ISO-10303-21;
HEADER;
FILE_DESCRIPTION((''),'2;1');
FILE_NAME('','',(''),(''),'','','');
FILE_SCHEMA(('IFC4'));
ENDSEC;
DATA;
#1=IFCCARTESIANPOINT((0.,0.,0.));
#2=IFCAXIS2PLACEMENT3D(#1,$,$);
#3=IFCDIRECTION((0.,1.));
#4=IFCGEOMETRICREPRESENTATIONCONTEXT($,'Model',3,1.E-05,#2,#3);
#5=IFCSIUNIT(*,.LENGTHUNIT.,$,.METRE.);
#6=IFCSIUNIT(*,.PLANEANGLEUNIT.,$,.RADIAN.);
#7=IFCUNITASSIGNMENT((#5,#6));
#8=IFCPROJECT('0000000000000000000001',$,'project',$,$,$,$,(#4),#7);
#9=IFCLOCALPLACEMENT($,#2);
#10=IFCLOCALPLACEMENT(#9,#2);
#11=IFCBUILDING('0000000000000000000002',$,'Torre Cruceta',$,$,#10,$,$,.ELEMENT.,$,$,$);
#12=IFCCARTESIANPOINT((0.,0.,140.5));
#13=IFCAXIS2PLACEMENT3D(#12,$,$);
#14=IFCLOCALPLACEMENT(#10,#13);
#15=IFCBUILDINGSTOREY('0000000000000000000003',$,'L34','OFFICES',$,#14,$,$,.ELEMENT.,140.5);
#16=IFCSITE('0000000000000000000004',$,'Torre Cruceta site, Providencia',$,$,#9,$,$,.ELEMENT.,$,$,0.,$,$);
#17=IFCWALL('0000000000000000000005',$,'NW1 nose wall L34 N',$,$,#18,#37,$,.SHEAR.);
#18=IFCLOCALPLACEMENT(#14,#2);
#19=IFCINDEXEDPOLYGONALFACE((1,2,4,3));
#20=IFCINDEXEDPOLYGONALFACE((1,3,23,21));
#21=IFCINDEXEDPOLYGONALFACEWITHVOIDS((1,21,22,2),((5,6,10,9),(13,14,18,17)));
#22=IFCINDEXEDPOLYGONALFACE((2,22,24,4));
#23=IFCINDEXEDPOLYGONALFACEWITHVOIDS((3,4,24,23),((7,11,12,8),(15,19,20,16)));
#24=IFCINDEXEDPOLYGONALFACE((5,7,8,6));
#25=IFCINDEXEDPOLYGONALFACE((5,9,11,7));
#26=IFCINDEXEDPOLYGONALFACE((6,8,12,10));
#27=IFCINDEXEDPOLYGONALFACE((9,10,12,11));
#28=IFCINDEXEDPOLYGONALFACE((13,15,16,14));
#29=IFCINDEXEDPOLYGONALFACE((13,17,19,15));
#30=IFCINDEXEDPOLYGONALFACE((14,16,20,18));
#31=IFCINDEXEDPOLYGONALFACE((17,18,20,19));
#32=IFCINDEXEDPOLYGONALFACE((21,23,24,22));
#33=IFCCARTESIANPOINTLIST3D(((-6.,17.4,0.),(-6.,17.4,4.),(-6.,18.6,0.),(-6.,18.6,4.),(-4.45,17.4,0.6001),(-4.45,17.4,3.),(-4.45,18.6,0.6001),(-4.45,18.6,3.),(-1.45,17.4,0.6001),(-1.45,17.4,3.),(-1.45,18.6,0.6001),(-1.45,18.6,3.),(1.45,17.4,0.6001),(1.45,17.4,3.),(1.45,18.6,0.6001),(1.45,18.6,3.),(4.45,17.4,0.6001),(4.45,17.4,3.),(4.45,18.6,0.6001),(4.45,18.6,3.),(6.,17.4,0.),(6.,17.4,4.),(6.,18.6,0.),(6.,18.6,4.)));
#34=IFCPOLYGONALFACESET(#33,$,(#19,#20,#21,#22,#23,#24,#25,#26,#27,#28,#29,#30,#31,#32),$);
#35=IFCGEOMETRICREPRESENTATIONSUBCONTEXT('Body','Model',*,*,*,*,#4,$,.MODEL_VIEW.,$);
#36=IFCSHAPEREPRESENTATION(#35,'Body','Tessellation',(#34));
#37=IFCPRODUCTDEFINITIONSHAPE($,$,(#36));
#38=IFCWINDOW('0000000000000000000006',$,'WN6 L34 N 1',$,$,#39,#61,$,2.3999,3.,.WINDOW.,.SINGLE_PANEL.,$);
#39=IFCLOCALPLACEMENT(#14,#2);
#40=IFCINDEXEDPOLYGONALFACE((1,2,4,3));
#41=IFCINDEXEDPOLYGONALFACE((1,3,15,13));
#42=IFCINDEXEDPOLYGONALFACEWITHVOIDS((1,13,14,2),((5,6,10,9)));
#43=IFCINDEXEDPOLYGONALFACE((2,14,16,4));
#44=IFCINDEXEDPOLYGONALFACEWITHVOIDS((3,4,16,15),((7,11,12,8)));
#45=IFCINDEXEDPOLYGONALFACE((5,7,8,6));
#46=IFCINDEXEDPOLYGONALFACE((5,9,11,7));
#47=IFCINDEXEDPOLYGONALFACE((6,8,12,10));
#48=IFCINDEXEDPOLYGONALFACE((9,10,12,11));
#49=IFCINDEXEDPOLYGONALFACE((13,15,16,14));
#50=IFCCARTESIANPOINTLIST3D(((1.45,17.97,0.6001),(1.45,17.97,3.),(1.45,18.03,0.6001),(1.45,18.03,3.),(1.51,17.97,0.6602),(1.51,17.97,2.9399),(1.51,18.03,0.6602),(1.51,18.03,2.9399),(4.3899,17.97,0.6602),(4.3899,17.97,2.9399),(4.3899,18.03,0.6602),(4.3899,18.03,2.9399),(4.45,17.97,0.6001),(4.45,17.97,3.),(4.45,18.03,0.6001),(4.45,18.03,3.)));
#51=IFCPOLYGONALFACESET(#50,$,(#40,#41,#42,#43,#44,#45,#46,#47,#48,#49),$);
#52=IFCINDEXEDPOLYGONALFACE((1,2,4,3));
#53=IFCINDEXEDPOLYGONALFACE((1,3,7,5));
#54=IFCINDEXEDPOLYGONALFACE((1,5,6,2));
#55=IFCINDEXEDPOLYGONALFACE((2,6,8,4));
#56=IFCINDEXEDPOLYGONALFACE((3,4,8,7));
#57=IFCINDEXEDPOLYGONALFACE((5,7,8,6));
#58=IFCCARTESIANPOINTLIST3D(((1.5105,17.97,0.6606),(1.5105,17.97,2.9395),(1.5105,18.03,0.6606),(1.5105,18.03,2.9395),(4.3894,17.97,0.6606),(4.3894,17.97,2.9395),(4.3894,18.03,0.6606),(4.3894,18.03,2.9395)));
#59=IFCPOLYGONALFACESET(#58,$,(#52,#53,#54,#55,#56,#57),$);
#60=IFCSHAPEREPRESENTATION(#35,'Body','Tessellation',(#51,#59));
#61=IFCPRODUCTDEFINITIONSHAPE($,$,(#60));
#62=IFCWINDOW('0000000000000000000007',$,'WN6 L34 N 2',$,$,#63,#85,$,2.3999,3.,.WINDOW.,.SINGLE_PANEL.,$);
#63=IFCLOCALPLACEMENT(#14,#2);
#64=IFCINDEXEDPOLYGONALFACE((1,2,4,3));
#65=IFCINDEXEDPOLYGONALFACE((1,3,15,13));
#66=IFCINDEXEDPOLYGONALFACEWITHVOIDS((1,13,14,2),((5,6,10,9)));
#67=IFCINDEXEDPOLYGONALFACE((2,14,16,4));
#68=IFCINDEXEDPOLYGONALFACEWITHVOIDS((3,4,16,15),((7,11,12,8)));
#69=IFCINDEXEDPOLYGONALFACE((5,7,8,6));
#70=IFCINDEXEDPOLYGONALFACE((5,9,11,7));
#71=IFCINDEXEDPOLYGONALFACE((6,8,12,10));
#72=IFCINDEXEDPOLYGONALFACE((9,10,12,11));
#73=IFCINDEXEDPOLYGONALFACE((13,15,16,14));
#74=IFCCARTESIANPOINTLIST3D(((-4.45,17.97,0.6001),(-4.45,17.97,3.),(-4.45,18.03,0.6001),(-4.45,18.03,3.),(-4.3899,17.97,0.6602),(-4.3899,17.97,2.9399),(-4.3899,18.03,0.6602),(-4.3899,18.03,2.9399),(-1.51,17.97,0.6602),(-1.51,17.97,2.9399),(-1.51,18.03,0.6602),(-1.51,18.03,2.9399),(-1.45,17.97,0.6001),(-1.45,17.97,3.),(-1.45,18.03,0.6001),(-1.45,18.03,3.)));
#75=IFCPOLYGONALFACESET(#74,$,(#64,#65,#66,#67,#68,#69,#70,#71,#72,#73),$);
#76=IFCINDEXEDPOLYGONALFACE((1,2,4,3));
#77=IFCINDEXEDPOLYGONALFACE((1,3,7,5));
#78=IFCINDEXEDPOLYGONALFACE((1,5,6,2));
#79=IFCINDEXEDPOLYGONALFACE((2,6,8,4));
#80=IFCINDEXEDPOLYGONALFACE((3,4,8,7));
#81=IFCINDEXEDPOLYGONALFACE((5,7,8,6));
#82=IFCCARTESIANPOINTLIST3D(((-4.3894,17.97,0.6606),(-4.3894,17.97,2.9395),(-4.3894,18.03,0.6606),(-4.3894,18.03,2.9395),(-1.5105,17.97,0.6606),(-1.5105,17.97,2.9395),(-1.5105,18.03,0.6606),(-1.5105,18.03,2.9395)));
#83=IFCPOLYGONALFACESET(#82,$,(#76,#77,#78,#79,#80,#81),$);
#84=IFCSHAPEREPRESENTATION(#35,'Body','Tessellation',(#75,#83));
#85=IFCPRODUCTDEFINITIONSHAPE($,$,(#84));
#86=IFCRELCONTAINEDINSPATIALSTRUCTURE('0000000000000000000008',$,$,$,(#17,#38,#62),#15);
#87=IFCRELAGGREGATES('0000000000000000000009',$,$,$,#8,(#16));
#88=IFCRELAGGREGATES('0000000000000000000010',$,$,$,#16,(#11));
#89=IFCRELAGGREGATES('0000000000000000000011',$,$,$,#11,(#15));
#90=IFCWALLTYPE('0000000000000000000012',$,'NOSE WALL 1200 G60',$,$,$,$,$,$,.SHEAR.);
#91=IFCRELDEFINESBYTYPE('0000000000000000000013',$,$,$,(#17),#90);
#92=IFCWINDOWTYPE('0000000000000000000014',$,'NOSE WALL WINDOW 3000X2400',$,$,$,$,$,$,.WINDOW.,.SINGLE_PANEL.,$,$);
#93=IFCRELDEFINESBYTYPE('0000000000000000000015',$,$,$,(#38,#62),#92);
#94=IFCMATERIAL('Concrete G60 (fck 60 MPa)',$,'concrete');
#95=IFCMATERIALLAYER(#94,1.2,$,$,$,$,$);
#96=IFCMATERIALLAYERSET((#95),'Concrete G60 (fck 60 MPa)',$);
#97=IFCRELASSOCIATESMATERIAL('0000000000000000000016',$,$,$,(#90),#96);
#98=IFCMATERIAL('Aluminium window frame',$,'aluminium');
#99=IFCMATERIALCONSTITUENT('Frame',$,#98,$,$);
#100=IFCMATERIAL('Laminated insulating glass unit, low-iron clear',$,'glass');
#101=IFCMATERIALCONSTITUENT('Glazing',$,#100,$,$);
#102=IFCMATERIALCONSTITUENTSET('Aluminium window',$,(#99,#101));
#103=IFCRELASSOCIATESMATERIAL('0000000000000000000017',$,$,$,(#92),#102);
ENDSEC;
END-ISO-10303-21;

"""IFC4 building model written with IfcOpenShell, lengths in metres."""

from ifc_helpers import new_model, si_unit, direction, frame, frame_2d, origin, place, context, subcontext, project, spatial, rectangle, hollow_rectangle, extrude, material, layer, layer_set, constituent, constituent_set, type_object, element, fill, save


model = new_model("IFC4")

# Units and contexts
model_context = context("Model", 3, precision=1e-05, world=origin(), true_north=direction((0.0, 1.0)))
body_context = subcontext(model_context, "Body", "Model", "MODEL_VIEW")
ifc_project = project(units=[si_unit("LENGTHUNIT", "METRE"), si_unit("PLANEANGLEUNIT", "RADIAN")], contexts=[model_context])

# Site, building, storey
site_placement = place(None, origin())
site = spatial("IfcSite", under=ifc_project, at=site_placement, Name="Torre Cruceta site, Providencia", CompositionType="ELEMENT", RefElevation=0.0)
building_placement = place(site_placement, origin())
building = spatial("IfcBuilding", under=site, at=building_placement, Name="Torre Cruceta", CompositionType="ELEMENT")
storey_placement = place(building_placement, frame((0.0, 0.0, 140.5)))
storey = spatial("IfcBuildingStorey", under=building, at=storey_placement, Name="L34", Description="OFFICES", CompositionType="ELEMENT", Elevation=140.5)

# Wall, openings, windows
ifc_material_1 = material(Name="Concrete G60 (fck 60 MPa)", Category="concrete")
ifc_layer_1 = layer(ifc_material_1, 1.2)
ifc_layer_set_1 = layer_set([ifc_layer_1], Name="Concrete G60 (fck 60 MPa)")
wall_type_1 = type_object("IfcWallType", Name="NOSE WALL 1200 G60", PredefinedType="SHEAR", material=ifc_layer_set_1)
wall_1_placement = place(storey_placement, frame((6.0, 18.0, 0.0), z_axis=(0.0, 0.0, 1.0), x_axis=(-1.0, 0.0, 0.0)))
wall_1 = element("IfcWall", 1, at=wall_1_placement, inside=storey, type_object=wall_type_1, Name="NW1 nose wall L34 N", PredefinedType="SHEAR", context=body_context, shape_type="SweptSolid", body=[
    extrude(rectangle(XDim=12.0, YDim=1.2, at=frame_2d((6.0, 0.0))), origin(), (0.0, 0.0, 1.0), 4.0),
])
opening_1_placement = place(wall_1_placement, frame((1.55, 0.0, 0.6001)))
opening_1 = element("IfcOpeningElement", 2, at=opening_1_placement, cuts=wall_1, PredefinedType="OPENING", context=body_context, shape_type="SweptSolid", body=[
    extrude(rectangle(XDim=3.0, YDim=2.3999, at=frame_2d((1.5, 1.2))), frame((0.0, 0.6099, 0.0), z_axis=(0.0, -1.0, 0.0), x_axis=(1.0, 0.0, 0.0)), (0.0, 0.0, 1.0), 1.22),
])
opening_2_placement = place(wall_1_placement, frame((7.45, 0.0, 0.6001)))
opening_2 = element("IfcOpeningElement", 3, at=opening_2_placement, cuts=wall_1, PredefinedType="OPENING", context=body_context, shape_type="SweptSolid", body=[
    extrude(rectangle(XDim=3.0, YDim=2.3999, at=frame_2d((1.5, 1.2))), frame((0.0, 0.6099, 0.0), z_axis=(0.0, -1.0, 0.0), x_axis=(1.0, 0.0, 0.0)), (0.0, 0.0, 1.0), 1.22),
])
ifc_material_2 = material(Name="Aluminium window frame", Category="aluminium")
ifc_constituent_1 = constituent(ifc_material_2, Name="Frame")
ifc_material_3 = material(Name="Laminated insulating glass unit, low-iron clear", Category="glass")
ifc_constituent_2 = constituent(ifc_material_3, Name="Glazing")
ifc_constituent_set_1 = constituent_set(constituents=[ifc_constituent_1, ifc_constituent_2], Name="Aluminium window")
window_type = type_object("IfcWindowType", Name="NOSE WALL WINDOW 3000X2400", PartitioningType="SINGLE_PANEL", PredefinedType="WINDOW", material=ifc_constituent_set_1)
window_1_placement = place(opening_1_placement, origin())
window_1 = element("IfcWindow", 4, at=window_1_placement, inside=storey, type_object=window_type, Name="WN6 L34 N 1", OverallHeight=2.3999, OverallWidth=3.0, PartitioningType="SINGLE_PANEL", PredefinedType="WINDOW", context=body_context, shape_type="SweptSolid", body=[
    extrude(hollow_rectangle(XDim=3.0, YDim=2.3999, WallThickness=0.0601, at=frame_2d((1.5, 1.2))), frame((0.0, 0.03, 0.0), z_axis=(0.0, -1.0, 0.0), x_axis=(1.0, 0.0, 0.0)), (0.0, 0.0, 1.0), 0.0601),
    extrude(rectangle(XDim=2.8789, YDim=2.2788, at=frame_2d((1.5, 1.2))), frame((0.0, 0.03, 0.0), z_axis=(0.0, -1.0, 0.0), x_axis=(1.0, 0.0, 0.0)), (0.0, 0.0, 1.0), 0.0601),
])
fill(opening_1, window_1)
window_2_placement = place(opening_2_placement, origin())
window_2 = element("IfcWindow", 5, at=window_2_placement, inside=storey, type_object=window_type, Name="WN6 L34 N 2", OverallHeight=2.3999, OverallWidth=3.0, PartitioningType="SINGLE_PANEL", PredefinedType="WINDOW", context=body_context, shape_type="SweptSolid", body=[
    extrude(hollow_rectangle(XDim=3.0, YDim=2.3999, WallThickness=0.0601, at=frame_2d((1.5, 1.2))), frame((0.0, 0.03, 0.0), z_axis=(0.0, -1.0, 0.0), x_axis=(1.0, 0.0, 0.0)), (0.0, 0.0, 1.0), 0.0601),
    extrude(rectangle(XDim=2.8789, YDim=2.2788, at=frame_2d((1.5, 1.2))), frame((0.0, 0.03, 0.0), z_axis=(0.0, -1.0, 0.0), x_axis=(1.0, 0.0, 0.0)), (0.0, 0.0, 1.0), 0.0601),
])
fill(opening_2, window_2)

save(model, "model.ifc")
